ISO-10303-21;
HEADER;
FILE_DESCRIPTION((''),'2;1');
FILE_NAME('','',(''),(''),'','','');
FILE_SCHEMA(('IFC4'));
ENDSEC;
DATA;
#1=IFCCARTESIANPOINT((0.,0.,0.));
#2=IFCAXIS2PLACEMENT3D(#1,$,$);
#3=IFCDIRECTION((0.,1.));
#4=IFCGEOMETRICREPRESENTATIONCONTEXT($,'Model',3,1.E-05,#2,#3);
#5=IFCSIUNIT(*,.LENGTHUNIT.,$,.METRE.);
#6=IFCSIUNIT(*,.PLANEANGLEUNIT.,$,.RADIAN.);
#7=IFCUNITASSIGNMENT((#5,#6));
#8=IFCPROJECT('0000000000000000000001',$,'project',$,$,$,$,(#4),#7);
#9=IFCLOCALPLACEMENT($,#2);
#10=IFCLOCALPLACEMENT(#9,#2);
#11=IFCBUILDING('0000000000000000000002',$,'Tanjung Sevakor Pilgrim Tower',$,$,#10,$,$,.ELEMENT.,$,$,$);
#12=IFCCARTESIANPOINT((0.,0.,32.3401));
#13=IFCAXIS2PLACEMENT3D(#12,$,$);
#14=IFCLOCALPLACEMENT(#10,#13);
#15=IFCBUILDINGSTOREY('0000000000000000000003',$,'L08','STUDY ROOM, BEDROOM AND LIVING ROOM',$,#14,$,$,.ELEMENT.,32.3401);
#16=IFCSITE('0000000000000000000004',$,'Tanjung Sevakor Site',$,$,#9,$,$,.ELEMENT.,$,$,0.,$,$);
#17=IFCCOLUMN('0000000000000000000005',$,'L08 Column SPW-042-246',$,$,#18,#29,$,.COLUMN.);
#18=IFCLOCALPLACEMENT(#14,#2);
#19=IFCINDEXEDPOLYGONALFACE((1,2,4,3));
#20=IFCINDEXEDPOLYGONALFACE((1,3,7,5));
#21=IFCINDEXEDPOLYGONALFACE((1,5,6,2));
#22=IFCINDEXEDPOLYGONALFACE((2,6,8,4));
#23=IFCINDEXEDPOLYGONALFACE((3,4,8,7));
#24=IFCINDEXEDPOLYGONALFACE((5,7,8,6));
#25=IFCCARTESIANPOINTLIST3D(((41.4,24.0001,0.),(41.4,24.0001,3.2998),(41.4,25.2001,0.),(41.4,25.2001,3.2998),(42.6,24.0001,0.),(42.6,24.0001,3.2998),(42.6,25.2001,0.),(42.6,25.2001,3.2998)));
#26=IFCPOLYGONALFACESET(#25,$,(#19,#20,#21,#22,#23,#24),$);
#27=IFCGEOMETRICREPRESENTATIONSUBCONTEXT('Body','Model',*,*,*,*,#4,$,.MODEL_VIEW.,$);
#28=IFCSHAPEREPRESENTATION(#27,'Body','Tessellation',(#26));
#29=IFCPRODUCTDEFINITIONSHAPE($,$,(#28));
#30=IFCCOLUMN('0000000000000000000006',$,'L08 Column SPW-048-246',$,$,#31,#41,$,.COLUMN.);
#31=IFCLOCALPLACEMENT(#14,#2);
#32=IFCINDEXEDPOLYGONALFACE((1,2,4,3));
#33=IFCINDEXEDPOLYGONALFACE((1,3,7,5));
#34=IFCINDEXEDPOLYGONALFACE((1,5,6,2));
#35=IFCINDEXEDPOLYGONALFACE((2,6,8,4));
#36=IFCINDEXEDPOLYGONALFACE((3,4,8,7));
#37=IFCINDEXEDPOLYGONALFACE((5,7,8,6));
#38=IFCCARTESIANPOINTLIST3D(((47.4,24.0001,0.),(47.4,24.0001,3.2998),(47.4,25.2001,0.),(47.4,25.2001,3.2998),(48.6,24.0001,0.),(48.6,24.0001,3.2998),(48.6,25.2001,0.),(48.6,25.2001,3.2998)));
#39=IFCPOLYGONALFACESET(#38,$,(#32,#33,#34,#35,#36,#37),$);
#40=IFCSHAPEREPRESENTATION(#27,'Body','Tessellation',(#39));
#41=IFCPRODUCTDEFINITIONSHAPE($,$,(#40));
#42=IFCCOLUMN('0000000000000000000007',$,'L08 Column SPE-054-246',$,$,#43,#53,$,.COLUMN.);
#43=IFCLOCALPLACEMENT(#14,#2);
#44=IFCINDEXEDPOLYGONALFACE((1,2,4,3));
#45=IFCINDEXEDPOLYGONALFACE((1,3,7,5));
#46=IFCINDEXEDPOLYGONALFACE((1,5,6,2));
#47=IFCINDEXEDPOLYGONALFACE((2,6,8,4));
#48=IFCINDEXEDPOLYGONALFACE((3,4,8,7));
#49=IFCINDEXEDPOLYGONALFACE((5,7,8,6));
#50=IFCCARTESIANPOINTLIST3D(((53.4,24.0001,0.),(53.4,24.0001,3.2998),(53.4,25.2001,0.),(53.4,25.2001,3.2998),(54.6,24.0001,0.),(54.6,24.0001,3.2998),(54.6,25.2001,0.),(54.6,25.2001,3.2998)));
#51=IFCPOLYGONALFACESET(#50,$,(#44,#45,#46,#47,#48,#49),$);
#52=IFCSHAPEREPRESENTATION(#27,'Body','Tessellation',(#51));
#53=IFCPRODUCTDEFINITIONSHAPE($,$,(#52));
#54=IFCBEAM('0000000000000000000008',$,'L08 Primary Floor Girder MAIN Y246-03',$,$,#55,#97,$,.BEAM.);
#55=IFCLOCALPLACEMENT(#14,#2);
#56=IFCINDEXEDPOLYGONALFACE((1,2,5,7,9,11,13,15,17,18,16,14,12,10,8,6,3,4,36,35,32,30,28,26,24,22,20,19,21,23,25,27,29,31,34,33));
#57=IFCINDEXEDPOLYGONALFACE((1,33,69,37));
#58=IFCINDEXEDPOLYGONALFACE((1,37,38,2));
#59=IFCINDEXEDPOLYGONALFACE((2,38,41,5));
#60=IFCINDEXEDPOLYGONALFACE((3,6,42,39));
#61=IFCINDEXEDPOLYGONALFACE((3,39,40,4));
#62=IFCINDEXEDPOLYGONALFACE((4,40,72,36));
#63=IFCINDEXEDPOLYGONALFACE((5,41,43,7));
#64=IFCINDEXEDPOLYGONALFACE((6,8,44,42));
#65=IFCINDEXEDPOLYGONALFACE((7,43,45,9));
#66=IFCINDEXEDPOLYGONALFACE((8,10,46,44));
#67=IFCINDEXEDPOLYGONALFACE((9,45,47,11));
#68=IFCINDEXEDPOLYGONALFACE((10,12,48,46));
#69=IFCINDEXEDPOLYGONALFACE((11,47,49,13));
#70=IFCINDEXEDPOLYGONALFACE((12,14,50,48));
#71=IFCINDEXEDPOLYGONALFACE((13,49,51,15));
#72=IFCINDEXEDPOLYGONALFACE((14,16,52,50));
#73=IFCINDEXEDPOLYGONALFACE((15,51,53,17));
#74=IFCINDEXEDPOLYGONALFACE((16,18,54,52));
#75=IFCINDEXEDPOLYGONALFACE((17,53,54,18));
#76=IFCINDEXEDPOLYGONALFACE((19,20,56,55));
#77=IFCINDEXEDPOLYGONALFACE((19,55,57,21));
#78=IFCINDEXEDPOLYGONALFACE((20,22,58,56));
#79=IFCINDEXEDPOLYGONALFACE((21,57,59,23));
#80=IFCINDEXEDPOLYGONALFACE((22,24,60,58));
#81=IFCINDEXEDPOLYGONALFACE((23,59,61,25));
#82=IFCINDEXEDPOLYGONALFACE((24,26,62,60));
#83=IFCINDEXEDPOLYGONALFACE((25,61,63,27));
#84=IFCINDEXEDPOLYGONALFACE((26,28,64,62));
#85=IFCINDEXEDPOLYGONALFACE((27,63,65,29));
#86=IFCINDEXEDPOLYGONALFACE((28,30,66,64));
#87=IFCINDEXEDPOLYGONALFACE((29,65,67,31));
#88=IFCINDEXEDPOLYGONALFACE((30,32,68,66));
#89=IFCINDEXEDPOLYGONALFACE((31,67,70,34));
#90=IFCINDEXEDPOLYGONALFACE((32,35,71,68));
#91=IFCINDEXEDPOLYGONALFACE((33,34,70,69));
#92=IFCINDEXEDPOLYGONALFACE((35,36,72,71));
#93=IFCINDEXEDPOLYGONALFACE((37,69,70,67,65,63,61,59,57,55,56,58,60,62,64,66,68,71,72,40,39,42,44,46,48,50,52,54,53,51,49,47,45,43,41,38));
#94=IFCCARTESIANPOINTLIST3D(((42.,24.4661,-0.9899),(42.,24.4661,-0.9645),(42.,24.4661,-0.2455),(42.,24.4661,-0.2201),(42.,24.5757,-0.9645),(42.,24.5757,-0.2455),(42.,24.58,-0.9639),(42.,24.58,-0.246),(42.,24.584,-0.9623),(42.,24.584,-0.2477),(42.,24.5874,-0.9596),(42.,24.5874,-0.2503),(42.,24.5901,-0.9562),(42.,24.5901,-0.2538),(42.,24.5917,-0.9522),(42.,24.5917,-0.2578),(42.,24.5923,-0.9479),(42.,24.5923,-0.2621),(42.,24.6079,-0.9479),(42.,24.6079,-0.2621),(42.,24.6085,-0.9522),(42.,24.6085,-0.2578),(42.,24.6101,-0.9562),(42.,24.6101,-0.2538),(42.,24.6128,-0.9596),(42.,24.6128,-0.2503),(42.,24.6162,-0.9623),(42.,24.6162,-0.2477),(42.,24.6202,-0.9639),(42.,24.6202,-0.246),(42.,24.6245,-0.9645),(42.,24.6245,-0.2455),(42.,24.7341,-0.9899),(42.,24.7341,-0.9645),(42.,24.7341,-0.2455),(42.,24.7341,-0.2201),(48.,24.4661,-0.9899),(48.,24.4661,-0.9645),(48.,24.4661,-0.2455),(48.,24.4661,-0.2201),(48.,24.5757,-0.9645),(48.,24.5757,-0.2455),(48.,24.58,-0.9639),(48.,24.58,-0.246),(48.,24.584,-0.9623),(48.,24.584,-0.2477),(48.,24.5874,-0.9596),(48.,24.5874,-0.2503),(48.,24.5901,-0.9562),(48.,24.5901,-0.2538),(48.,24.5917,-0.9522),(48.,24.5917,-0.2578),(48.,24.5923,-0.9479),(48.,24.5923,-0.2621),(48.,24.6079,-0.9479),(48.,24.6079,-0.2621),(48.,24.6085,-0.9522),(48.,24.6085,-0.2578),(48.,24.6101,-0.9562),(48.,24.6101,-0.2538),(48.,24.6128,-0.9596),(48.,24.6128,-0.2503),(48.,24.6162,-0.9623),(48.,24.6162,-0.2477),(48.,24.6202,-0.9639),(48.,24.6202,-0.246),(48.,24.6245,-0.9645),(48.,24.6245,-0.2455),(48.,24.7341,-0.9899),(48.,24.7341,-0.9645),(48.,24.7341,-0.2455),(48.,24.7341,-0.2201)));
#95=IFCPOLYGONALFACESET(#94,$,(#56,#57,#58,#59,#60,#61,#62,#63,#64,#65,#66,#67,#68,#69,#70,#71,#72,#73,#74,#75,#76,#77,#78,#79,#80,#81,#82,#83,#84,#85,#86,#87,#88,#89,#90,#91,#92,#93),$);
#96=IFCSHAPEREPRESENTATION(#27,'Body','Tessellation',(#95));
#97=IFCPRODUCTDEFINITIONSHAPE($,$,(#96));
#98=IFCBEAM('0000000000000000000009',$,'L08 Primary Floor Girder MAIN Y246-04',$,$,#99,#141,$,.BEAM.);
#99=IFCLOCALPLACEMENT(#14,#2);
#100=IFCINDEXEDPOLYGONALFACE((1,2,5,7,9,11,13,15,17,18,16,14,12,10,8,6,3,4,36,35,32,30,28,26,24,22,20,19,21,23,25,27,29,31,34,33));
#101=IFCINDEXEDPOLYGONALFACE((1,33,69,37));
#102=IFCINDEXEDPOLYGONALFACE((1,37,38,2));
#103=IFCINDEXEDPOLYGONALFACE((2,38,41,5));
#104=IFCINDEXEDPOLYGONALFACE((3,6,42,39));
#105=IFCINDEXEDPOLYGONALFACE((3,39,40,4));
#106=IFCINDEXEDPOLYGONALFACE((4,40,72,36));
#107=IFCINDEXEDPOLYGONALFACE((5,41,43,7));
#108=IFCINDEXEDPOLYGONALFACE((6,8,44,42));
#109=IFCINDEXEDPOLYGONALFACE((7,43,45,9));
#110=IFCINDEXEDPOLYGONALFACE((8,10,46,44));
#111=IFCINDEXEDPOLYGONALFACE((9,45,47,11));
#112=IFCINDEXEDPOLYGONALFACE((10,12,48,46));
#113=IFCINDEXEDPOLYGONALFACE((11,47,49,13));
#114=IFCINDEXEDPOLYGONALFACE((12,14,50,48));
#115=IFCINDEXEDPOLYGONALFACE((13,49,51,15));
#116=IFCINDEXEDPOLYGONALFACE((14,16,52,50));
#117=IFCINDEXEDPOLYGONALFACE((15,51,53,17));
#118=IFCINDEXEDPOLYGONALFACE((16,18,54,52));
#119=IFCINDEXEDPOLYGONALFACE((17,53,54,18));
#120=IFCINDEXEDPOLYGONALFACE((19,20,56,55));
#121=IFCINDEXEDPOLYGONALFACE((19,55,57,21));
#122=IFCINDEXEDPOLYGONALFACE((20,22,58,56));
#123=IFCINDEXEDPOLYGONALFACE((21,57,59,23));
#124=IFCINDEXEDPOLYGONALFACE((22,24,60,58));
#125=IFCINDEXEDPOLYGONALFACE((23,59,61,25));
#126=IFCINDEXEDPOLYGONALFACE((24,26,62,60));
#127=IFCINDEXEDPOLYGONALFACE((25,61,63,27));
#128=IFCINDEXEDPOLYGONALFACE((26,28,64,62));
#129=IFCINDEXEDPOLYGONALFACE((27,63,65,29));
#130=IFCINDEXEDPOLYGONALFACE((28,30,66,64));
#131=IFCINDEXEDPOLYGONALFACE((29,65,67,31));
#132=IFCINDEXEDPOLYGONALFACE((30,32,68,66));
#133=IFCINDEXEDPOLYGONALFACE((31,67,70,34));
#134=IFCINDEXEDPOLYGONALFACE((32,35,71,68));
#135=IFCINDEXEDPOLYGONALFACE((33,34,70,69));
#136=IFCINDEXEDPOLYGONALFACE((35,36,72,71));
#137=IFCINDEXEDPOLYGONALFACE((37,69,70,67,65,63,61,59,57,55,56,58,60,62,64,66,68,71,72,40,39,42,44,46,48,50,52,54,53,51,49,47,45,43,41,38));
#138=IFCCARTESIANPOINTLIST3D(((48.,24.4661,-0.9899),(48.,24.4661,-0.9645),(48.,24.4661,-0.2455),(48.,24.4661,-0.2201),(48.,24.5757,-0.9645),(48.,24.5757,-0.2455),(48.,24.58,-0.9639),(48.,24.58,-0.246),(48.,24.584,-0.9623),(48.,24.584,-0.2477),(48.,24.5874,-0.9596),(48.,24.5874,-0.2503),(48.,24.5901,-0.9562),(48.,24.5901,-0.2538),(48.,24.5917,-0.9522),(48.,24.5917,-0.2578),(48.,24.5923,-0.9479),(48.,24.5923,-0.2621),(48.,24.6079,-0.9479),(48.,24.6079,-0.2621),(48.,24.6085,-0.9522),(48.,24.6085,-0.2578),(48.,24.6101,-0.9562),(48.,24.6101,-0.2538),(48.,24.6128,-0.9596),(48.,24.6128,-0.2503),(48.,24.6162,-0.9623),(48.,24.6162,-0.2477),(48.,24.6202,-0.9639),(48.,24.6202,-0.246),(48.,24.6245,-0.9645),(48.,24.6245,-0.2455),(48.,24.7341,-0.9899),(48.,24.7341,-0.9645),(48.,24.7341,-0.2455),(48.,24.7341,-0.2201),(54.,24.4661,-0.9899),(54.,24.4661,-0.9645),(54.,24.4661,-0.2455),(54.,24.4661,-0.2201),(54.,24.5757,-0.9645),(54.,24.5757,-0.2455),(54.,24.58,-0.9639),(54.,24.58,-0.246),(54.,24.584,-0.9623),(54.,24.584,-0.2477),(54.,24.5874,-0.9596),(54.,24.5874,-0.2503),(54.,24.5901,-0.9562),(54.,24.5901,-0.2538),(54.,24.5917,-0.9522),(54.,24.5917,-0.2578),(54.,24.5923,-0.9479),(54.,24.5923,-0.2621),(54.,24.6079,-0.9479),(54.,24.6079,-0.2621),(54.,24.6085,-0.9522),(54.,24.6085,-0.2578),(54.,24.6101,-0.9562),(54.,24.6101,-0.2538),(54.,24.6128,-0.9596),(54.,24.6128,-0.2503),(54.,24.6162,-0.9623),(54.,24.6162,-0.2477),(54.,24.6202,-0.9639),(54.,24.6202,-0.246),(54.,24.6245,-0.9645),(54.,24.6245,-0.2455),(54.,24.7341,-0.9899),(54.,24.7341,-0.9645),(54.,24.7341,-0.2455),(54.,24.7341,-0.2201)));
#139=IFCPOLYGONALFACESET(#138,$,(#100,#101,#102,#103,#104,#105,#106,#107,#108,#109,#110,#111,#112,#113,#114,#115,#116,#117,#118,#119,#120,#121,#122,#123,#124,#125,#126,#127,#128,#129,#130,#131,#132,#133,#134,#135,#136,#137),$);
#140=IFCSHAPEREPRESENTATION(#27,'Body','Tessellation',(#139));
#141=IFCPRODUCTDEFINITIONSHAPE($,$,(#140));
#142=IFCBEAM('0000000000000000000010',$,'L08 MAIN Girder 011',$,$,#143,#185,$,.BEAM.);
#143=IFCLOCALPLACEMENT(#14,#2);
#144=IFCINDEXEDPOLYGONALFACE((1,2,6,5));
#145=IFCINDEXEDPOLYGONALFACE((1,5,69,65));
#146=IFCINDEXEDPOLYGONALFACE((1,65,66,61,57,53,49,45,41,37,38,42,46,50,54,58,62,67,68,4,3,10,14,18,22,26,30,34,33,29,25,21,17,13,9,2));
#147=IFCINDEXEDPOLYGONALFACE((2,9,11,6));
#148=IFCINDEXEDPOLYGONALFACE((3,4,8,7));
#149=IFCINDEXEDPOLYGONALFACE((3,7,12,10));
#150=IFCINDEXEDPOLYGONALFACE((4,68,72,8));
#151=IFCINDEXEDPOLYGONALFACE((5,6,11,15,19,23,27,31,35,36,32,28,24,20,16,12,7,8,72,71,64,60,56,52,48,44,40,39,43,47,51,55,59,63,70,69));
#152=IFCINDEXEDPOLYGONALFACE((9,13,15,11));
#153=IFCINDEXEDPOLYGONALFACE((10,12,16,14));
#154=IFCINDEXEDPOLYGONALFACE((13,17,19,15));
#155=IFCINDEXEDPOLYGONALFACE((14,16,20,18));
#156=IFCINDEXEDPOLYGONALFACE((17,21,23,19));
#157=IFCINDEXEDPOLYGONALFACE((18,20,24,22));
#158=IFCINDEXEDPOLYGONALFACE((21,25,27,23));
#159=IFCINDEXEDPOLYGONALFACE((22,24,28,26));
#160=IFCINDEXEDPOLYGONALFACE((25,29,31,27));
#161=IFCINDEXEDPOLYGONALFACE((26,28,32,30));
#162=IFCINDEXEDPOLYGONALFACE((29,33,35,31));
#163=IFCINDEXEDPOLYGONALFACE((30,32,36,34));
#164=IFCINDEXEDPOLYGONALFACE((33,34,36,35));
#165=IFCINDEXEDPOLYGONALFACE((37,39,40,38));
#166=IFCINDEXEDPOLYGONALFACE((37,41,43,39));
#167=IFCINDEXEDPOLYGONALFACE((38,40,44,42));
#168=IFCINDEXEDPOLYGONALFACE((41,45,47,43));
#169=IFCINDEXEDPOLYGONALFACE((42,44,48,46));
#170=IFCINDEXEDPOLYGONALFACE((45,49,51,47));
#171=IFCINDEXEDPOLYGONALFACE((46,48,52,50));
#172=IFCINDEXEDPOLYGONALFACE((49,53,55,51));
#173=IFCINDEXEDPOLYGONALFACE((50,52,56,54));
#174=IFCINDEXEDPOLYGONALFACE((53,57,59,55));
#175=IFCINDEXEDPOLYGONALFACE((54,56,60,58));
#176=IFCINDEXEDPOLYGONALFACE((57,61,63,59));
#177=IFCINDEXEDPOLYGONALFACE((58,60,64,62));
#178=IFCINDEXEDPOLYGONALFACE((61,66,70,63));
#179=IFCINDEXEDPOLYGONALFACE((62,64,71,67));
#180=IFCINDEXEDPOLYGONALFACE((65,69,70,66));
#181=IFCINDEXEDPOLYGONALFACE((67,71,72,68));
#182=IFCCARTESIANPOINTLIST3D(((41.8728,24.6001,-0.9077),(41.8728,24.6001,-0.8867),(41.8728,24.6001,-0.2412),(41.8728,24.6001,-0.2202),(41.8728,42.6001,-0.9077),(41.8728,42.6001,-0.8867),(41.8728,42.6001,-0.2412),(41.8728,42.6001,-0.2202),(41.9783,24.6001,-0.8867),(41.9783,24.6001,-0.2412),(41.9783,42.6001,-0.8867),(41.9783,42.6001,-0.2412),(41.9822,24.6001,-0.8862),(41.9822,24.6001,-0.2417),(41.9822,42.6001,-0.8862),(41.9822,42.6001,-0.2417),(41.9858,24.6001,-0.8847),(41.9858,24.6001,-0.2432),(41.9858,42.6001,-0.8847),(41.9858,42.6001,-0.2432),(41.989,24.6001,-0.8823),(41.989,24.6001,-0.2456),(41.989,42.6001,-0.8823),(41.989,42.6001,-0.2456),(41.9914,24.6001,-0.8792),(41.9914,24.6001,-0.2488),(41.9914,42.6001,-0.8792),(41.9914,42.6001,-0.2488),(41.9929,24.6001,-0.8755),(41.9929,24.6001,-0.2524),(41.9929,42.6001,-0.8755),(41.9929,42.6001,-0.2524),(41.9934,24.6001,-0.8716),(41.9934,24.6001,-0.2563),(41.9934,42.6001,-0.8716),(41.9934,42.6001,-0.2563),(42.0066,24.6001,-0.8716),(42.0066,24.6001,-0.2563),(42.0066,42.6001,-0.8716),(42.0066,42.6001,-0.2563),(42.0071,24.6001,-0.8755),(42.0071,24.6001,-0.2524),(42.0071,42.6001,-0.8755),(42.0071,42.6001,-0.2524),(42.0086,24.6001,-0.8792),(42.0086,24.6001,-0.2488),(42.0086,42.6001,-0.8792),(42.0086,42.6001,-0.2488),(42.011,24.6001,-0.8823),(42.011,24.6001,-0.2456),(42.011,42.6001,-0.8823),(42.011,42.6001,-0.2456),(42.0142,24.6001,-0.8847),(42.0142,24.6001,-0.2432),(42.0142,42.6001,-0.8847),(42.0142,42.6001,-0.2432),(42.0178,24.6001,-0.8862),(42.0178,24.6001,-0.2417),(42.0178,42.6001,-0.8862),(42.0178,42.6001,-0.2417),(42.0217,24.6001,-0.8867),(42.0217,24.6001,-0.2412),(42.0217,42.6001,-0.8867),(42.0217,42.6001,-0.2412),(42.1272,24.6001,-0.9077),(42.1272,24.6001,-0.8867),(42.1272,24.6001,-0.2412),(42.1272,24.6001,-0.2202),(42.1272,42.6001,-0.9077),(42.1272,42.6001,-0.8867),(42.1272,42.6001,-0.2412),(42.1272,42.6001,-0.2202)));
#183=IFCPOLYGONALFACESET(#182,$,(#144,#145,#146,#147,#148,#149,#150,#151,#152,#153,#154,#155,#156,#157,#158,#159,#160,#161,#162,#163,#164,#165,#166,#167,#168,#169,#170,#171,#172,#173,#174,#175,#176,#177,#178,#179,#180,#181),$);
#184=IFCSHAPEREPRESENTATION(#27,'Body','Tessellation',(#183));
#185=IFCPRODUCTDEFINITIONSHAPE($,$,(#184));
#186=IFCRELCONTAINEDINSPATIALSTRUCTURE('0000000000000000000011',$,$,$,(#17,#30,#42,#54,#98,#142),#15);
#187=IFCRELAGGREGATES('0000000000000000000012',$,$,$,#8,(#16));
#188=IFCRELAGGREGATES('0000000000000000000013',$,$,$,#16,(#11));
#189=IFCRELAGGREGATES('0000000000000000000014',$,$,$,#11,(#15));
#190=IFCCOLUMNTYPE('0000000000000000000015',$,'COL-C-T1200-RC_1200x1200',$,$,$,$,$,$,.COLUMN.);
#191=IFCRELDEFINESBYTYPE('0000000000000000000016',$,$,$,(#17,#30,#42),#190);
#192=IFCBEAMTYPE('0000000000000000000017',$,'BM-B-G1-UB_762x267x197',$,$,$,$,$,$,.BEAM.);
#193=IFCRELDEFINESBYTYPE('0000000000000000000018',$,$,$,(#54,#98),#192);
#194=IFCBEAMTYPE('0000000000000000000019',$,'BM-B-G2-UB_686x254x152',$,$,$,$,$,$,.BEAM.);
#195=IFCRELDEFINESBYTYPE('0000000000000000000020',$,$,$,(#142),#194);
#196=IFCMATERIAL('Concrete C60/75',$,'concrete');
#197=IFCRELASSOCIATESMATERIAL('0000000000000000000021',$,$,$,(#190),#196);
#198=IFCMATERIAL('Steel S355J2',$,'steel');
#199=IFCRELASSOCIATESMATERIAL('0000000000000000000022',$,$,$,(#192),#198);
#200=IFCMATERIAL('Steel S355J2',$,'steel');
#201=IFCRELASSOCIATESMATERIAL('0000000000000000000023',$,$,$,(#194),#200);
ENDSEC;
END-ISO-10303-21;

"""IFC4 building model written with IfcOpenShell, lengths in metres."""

from ifc_helpers import new_model, si_unit, direction, frame, origin, origin_2d, place, context, subcontext, project, spatial, rectangle, i_section, extrude, material, material_profile, profile_set, type_object, element, save


model = new_model("IFC4")

# Units and contexts
model_context = context("Model", 3, precision=1e-05, world=origin(), true_north=direction((0.0, 1.0)))
body_context = subcontext(model_context, "Body", "Model", "MODEL_VIEW")
ifc_project = project(units=[si_unit("LENGTHUNIT", "METRE"), si_unit("PLANEANGLEUNIT", "RADIAN")], contexts=[model_context])

# Site, building, storey
site_placement = place(None, origin())
site = spatial("IfcSite", under=ifc_project, at=site_placement, Name="Tanjung Sevakor Site", CompositionType="ELEMENT", RefElevation=0.0)
building_placement = place(site_placement, origin())
building = spatial("IfcBuilding", under=site, at=building_placement, Name="Tanjung Sevakor Pilgrim Tower", CompositionType="ELEMENT")
storey_placement = place(building_placement, frame((0.0, 0.0, 32.3401)))
storey = spatial("IfcBuildingStorey", under=building, at=storey_placement, Name="L08", Description="STUDY ROOM, BEDROOM AND LIVING ROOM", CompositionType="ELEMENT", Elevation=32.3401)

# Columns
ifc_material_1 = material(Name="Concrete C60/75", Category="concrete")
ifc_material_profile_1 = material_profile(ifc_material_1, rectangle(XDim=1.2, YDim=1.2, at=origin_2d()))
ifc_profile_set_1 = profile_set([ifc_material_profile_1], Name="Concrete C60/75")
column_type = type_object("IfcColumnType", Name="COL-C-T1200-RC_1200x1200", PredefinedType="COLUMN", material=ifc_profile_set_1)
for number, where, z_axis, x_axis, name in (
    (1, (42.0, 24.6001, 0.0), (0.0, 0.0, 1.0), (1.0, 0.0, 0.0), "L08 Column SPW-042-246"),
    (2, (48.0, 24.6001, 0.0), (0.0, 0.0, 1.0), (1.0, 0.0, 0.0), "L08 Column SPW-048-246"),
    (3, (54.0, 24.6001, 0.0), (0.0, 0.0, 1.0), (1.0, 0.0, 0.0), "L08 Column SPE-054-246"),
):
    element("IfcColumn", number, at=place(storey_placement, frame(where, z_axis=z_axis, x_axis=x_axis)), inside=storey, type_object=column_type, Name=name, PredefinedType="COLUMN", context=body_context, shape_type="SweptSolid", body=[
        extrude(rectangle(XDim=1.2, YDim=1.2, at=origin_2d()), origin(), (0.0, 0.0, 1.0), 3.2998),
    ])

# Beams
ifc_material_2 = material(Name="Steel S355J2", Category="steel")
ifc_material_profile_2 = material_profile(ifc_material_2, i_section(OverallWidth=0.2681, OverallDepth=0.7698, WebThickness=0.0156, FlangeThickness=0.0254, FilletRadius=0.0166, at=origin_2d()))
ifc_profile_set_2 = profile_set([ifc_material_profile_2], Name="Steel S355J2")
beam_type_1 = type_object("IfcBeamType", Name="BM-B-G1-UB_762x267x197", PredefinedType="BEAM", material=ifc_profile_set_2)
for number, where, z_axis, x_axis, name in (
    (4, (42.0, 24.6001, -0.605), (1.0, 0.0, 0.0), (0.0, 1.0, 0.0), "L08 Primary Floor Girder MAIN Y246-03"),
    (5, (48.0, 24.6001, -0.605), (1.0, 0.0, 0.0), (0.0, 1.0, 0.0), "L08 Primary Floor Girder MAIN Y246-04"),
):
    element("IfcBeam", number, at=place(storey_placement, frame(where, z_axis=z_axis, x_axis=x_axis)), inside=storey, type_object=beam_type_1, Name=name, PredefinedType="BEAM", context=body_context, shape_type="SweptSolid", body=[
        extrude(i_section(OverallWidth=0.2681, OverallDepth=0.7698, WebThickness=0.0156, FlangeThickness=0.0254, FilletRadius=0.0166, at=origin_2d()), origin(), (0.0, 0.0, 1.0), 6.0),
    ])
ifc_material_3 = material(Name="Steel S355J2", Category="steel")
ifc_material_profile_3 = material_profile(ifc_material_3, i_section(OverallWidth=0.2544, OverallDepth=0.6875, WebThickness=0.0132, FlangeThickness=0.021, FilletRadius=0.0151, at=origin_2d()))
ifc_profile_set_3 = profile_set([ifc_material_profile_3], Name="Steel S355J2")
beam_type_2 = type_object("IfcBeamType", Name="BM-B-G2-UB_686x254x152", PredefinedType="BEAM", material=ifc_profile_set_3)
beam_1_placement = place(storey_placement, frame((42.0, 24.6001, -0.564), z_axis=(0.0, 1.0, 0.0), x_axis=(-1.0, 0.0, 0.0)))
element("IfcBeam", 6, at=beam_1_placement, inside=storey, type_object=beam_type_2, Name="L08 MAIN Girder 011", PredefinedType="BEAM", context=body_context, shape_type="SweptSolid", body=[
    extrude(i_section(OverallWidth=0.2544, OverallDepth=0.6875, WebThickness=0.0132, FlangeThickness=0.021, FilletRadius=0.0151, at=origin_2d()), origin(), (0.0, 0.0, 1.0), 18.0),
])

save(model, "model.ifc")
